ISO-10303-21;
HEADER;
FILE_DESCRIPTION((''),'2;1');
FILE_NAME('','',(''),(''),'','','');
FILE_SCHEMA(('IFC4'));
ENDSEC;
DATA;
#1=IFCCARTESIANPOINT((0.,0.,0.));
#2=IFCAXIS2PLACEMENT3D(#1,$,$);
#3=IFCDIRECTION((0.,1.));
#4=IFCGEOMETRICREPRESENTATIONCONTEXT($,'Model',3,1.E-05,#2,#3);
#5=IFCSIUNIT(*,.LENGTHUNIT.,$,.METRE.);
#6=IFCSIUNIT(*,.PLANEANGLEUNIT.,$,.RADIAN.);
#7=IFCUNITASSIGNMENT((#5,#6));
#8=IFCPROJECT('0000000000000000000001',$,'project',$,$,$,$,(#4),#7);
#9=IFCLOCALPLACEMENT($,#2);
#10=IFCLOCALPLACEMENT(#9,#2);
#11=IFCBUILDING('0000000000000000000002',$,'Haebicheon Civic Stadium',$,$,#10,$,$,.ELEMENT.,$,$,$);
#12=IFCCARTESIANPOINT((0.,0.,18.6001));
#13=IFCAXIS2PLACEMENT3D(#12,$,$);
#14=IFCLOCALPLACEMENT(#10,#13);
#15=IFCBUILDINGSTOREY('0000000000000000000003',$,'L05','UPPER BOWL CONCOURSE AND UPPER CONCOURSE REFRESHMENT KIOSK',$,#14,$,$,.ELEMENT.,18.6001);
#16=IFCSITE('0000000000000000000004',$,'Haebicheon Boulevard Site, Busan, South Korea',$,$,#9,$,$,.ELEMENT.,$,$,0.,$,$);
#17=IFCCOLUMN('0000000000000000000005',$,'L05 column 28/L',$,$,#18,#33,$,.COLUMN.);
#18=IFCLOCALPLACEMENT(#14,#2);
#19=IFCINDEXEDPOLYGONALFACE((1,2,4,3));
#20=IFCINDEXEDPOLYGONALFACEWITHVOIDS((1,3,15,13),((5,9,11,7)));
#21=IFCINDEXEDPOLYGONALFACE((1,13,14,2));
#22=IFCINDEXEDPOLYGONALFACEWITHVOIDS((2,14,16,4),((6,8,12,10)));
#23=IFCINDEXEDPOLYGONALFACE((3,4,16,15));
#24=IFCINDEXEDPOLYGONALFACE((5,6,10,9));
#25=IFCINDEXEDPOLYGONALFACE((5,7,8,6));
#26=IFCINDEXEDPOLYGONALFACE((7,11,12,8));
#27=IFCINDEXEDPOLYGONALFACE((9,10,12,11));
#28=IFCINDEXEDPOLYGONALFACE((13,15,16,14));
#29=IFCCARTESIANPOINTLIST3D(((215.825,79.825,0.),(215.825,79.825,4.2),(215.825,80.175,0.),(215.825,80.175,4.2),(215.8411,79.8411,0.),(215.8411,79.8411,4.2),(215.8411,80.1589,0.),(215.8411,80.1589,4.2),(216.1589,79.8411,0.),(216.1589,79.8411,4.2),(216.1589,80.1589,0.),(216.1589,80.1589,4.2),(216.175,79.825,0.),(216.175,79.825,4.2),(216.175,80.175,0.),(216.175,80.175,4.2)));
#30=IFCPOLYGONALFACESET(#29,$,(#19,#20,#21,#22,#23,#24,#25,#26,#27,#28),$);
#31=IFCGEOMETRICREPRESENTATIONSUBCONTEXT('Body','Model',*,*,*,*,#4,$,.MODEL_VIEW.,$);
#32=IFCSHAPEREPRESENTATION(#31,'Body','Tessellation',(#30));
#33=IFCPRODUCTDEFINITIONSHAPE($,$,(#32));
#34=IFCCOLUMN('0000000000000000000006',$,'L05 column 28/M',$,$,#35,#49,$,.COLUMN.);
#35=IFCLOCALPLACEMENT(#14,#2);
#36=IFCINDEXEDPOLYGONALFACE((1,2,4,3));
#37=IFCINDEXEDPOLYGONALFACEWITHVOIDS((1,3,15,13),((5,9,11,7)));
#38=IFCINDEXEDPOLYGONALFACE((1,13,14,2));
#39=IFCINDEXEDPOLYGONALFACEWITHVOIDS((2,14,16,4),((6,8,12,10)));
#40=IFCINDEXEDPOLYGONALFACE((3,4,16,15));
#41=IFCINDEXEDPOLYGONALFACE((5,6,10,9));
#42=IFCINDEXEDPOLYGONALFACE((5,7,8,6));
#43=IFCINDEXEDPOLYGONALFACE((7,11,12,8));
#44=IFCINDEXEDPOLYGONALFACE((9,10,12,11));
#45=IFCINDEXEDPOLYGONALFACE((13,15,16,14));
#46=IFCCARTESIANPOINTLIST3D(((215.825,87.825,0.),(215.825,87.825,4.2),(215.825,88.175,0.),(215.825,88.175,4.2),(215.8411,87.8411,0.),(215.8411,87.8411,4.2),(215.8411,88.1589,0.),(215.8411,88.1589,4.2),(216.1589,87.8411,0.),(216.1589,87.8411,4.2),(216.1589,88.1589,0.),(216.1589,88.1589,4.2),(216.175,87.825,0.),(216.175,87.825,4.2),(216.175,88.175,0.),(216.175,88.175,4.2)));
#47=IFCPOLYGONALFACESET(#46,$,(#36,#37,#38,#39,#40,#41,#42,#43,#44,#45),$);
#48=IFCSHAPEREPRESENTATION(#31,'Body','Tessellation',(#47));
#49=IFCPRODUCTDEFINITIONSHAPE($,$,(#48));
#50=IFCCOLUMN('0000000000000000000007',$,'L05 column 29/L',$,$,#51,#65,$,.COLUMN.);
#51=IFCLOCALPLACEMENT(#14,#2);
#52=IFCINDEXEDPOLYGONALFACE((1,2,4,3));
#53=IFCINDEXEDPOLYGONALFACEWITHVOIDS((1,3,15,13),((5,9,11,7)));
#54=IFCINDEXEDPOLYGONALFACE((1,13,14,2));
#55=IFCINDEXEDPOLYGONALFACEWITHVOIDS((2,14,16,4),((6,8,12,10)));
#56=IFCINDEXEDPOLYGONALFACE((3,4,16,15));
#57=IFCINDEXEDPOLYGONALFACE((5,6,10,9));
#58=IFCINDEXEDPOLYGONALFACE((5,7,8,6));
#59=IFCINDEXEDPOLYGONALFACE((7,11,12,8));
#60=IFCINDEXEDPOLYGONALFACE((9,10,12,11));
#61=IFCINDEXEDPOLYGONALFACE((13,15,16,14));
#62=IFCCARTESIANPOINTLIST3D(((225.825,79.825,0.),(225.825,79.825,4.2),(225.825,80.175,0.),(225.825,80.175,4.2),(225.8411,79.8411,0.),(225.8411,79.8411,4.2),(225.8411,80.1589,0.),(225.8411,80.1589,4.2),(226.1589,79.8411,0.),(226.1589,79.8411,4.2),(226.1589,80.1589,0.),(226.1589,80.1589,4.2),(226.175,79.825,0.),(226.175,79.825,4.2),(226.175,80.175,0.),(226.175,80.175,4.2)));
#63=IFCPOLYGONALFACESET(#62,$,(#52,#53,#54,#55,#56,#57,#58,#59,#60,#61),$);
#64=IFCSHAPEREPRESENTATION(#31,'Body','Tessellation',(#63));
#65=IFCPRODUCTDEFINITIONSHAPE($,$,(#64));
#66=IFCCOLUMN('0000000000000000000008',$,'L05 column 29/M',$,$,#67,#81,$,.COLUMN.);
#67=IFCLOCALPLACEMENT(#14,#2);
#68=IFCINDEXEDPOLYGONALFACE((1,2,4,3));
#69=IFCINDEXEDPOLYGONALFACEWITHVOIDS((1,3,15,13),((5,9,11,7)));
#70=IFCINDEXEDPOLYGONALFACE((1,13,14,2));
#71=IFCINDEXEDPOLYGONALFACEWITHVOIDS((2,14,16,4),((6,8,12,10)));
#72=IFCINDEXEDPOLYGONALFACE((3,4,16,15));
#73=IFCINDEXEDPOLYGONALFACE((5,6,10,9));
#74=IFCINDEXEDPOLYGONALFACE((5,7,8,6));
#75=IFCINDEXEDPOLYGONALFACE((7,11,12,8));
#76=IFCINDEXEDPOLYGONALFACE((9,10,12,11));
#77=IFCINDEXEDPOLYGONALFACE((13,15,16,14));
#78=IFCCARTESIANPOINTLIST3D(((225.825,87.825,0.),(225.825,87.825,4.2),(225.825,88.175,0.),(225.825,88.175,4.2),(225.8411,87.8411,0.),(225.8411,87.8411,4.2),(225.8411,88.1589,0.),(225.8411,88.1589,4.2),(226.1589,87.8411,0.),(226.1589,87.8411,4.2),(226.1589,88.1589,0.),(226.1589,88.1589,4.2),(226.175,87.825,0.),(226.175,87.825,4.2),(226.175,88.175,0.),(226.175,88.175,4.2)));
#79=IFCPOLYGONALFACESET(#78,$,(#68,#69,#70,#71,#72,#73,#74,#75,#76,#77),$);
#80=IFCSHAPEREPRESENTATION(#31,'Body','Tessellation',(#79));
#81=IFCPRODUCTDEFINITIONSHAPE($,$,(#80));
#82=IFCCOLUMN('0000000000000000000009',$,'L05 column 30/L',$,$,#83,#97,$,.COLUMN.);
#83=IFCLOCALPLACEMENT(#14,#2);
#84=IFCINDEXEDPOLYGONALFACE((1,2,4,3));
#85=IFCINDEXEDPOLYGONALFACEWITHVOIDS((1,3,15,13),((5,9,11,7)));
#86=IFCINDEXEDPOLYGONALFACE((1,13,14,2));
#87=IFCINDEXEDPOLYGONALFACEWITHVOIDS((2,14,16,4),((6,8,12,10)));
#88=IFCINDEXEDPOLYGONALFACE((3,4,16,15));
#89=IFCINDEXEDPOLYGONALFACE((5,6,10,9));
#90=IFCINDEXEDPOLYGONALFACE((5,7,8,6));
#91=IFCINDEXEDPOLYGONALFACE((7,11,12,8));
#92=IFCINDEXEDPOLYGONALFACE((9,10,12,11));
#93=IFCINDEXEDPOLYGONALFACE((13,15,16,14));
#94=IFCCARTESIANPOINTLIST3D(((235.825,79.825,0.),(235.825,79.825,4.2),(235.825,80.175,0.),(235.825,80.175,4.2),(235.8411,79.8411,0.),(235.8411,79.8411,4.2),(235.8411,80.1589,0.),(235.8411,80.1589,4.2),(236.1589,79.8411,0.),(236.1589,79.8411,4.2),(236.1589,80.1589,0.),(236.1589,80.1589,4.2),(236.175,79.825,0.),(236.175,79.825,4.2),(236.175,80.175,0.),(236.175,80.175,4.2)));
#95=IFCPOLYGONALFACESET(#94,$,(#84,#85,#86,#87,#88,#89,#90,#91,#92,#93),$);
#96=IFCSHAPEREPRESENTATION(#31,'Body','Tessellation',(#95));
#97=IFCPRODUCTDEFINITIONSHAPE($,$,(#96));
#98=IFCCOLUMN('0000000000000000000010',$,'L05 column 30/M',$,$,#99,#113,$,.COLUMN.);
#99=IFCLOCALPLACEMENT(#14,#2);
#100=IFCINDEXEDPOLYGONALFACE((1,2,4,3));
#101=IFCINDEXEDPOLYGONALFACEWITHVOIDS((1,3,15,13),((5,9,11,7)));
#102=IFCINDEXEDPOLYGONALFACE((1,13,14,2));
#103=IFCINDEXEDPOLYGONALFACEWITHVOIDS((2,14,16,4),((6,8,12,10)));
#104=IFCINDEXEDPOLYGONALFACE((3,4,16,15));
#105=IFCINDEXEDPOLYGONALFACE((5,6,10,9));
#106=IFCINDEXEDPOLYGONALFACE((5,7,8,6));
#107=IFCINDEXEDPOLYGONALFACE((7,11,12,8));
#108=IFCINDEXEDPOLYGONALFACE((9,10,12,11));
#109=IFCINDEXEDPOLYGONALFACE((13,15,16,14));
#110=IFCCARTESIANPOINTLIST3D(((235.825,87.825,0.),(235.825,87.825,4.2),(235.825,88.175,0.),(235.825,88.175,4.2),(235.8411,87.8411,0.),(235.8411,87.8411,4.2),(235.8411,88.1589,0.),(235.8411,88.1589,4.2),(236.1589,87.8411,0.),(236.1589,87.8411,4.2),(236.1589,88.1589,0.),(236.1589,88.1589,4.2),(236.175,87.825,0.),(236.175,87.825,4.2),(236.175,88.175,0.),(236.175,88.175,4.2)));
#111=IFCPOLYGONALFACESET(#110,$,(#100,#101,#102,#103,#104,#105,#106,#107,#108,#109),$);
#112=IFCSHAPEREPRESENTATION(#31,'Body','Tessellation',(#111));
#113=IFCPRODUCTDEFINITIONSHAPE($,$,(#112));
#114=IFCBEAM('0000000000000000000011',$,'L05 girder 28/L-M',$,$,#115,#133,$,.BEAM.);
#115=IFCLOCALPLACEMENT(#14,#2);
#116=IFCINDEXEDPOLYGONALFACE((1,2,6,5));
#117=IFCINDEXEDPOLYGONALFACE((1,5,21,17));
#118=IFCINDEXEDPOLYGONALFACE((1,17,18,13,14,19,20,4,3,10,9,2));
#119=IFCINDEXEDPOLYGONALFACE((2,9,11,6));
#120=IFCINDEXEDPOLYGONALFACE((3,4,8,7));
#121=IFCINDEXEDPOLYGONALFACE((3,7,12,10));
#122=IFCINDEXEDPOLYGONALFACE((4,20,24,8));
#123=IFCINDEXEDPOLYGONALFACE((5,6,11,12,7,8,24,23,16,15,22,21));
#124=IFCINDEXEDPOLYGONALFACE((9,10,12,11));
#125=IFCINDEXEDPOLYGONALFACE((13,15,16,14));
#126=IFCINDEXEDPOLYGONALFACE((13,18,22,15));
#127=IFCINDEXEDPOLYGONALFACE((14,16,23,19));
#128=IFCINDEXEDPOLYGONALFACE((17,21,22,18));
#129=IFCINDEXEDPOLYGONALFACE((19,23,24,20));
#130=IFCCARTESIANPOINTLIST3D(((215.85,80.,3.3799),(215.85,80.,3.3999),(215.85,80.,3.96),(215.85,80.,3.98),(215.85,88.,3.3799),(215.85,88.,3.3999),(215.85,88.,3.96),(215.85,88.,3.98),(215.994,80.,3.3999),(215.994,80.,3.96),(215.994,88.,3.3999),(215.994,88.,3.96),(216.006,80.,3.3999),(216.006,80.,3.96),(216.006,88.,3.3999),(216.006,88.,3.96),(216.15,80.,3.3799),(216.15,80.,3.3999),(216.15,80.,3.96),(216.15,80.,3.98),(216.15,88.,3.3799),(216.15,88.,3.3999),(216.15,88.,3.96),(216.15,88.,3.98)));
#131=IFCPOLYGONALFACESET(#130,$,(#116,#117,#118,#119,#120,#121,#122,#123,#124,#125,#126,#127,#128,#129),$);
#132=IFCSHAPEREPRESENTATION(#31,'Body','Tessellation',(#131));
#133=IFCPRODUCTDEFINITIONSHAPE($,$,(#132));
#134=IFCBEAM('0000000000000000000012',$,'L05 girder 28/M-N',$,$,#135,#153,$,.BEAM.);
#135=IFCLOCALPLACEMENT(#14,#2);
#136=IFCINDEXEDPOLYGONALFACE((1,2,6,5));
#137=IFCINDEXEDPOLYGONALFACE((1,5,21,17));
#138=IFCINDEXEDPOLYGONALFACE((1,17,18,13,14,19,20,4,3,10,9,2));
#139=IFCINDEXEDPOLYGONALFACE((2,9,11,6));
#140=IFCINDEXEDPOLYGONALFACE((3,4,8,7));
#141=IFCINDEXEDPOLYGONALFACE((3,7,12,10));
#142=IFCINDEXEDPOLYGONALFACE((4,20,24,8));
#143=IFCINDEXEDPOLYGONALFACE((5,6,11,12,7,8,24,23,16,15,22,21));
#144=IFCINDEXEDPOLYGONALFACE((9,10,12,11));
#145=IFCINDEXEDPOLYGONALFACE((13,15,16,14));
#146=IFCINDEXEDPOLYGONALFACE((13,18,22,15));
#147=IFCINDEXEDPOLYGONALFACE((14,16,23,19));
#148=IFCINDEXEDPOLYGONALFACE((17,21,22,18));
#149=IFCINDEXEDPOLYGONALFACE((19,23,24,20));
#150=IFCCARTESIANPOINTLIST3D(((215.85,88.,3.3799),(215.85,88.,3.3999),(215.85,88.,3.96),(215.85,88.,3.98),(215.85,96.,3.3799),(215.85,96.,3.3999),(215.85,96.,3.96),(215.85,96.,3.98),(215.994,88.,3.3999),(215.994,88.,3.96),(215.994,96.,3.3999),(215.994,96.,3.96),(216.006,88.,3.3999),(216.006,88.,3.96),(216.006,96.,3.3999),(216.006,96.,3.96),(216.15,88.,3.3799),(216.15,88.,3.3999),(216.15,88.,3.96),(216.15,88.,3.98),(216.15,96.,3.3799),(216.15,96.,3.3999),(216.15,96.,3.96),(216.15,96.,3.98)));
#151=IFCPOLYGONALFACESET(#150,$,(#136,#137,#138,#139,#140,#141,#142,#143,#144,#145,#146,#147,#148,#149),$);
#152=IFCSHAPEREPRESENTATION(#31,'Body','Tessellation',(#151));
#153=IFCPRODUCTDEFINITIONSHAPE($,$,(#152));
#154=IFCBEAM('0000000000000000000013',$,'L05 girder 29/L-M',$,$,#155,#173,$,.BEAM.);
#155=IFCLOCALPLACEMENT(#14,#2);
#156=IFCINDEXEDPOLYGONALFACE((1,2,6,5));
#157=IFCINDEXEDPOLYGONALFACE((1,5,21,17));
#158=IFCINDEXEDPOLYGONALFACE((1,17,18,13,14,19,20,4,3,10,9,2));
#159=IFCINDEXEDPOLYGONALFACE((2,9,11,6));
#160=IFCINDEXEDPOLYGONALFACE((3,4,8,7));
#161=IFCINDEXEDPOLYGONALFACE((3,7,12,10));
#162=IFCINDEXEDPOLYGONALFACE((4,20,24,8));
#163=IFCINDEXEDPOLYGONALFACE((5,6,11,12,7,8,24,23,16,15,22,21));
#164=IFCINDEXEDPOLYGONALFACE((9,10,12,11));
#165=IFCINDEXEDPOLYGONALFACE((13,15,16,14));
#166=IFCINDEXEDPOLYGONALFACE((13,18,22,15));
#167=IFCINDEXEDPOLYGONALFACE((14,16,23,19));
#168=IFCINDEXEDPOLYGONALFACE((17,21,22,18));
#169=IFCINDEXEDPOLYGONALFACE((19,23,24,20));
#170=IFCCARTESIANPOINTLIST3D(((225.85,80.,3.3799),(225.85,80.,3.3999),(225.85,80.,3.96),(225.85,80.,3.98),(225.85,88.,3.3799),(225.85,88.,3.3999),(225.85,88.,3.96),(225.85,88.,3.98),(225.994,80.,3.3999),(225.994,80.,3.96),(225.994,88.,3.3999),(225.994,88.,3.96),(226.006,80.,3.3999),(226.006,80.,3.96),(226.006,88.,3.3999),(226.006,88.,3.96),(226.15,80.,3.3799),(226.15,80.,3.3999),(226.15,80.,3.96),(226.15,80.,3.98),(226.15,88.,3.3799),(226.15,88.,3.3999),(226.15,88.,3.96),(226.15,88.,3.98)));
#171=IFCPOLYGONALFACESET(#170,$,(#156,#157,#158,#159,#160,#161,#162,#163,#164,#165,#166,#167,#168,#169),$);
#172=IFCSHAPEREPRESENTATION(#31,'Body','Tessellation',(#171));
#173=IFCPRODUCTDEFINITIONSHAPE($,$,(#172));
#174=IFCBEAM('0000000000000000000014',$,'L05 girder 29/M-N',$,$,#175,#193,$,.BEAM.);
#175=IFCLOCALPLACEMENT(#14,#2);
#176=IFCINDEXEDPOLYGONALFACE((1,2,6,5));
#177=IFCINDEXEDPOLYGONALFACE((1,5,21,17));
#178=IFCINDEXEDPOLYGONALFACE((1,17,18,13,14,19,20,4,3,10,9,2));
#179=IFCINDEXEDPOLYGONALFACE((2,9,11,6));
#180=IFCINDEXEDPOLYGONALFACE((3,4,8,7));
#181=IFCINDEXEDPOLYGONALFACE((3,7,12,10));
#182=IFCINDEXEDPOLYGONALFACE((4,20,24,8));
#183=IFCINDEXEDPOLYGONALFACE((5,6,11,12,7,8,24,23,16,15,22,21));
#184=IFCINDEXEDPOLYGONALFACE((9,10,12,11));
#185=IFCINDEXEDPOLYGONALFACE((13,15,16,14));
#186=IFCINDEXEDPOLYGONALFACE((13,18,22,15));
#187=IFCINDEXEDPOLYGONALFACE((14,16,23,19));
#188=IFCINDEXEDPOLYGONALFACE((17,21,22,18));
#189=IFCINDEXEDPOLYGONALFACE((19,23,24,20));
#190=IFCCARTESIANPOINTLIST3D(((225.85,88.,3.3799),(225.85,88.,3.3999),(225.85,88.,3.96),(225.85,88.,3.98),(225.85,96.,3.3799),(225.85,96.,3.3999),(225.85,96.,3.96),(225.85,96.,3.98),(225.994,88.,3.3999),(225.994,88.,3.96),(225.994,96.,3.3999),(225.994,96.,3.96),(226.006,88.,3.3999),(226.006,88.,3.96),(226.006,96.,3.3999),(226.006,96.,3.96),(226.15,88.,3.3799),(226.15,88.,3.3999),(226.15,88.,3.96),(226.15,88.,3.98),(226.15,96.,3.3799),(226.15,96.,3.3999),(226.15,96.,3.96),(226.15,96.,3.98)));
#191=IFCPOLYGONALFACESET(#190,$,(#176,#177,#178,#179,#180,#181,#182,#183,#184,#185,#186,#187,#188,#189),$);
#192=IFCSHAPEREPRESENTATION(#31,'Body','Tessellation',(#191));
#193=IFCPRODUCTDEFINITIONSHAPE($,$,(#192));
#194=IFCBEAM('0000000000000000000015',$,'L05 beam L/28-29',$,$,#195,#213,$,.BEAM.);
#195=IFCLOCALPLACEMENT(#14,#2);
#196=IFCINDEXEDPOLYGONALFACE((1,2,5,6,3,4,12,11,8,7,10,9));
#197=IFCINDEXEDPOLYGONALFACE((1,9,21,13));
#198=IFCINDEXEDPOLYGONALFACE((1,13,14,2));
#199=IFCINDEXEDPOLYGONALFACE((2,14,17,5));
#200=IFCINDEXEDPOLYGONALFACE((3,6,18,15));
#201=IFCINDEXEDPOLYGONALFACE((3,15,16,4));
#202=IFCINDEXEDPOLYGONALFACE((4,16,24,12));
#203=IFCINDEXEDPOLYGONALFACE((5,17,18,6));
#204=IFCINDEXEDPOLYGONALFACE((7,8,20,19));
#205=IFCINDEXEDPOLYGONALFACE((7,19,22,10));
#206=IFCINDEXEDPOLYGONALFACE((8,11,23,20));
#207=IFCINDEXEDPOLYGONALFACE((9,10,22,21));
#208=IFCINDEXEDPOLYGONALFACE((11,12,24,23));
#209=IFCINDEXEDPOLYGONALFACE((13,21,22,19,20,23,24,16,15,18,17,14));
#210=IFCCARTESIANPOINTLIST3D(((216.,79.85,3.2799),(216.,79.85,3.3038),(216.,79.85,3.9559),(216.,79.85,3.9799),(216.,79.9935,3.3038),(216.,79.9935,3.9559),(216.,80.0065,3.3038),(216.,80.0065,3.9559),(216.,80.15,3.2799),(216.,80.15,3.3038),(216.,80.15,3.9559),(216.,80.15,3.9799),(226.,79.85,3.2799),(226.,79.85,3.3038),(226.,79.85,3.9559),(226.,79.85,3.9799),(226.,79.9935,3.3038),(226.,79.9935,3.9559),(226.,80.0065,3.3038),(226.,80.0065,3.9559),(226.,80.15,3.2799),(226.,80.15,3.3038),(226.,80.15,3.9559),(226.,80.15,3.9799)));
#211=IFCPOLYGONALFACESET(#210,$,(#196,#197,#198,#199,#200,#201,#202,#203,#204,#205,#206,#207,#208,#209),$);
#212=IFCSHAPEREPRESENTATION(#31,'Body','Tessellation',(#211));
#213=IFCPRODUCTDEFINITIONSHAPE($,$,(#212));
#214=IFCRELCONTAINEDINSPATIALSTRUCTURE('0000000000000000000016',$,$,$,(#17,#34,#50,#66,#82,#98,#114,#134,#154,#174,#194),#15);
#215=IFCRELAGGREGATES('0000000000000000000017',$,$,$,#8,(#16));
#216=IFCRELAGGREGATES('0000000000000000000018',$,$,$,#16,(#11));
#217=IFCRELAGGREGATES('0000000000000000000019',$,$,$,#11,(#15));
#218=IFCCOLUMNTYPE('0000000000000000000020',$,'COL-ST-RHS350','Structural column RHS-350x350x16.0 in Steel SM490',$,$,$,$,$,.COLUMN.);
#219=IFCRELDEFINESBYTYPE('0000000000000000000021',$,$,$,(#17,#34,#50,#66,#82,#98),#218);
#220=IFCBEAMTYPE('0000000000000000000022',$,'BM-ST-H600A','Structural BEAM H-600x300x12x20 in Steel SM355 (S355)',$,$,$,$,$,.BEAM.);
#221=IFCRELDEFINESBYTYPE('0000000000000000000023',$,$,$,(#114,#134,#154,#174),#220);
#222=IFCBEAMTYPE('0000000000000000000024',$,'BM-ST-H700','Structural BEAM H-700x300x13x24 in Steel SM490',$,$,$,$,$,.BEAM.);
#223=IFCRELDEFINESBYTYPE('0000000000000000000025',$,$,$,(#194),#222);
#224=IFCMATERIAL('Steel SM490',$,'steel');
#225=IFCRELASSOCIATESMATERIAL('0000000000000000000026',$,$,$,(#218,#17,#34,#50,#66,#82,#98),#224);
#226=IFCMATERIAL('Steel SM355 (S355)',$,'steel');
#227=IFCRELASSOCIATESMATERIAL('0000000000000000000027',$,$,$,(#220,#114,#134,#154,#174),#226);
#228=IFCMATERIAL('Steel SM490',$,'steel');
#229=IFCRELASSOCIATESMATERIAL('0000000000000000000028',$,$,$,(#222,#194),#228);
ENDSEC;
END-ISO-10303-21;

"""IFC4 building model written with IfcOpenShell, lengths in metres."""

from ifc_helpers import new_model, si_unit, direction, frame, origin, origin_2d, place, context, subcontext, project, spatial, hollow_rectangle, i_section, extrude, material, material_profile, profile_set, type_object, element, save


model = new_model("IFC4")

# Units and contexts
model_context = context("Model", 3, precision=1e-05, world=origin(), true_north=direction((0.0, 1.0)))
body_context = subcontext(model_context, "Body", "Model", "MODEL_VIEW")
ifc_project = project(units=[si_unit("LENGTHUNIT", "METRE"), si_unit("PLANEANGLEUNIT", "RADIAN")], contexts=[model_context])

# Site, building, storey
site_placement = place(None, origin())
site = spatial("IfcSite", under=ifc_project, at=site_placement, Name="Haebicheon Boulevard Site, Busan, South Korea", CompositionType="ELEMENT", RefElevation=0.0)
building_placement = place(site_placement, origin())
building = spatial("IfcBuilding", under=site, at=building_placement, Name="Haebicheon Civic Stadium", CompositionType="ELEMENT")
storey_placement = place(building_placement, frame((0.0, 0.0, 18.6001)))
storey = spatial("IfcBuildingStorey", under=building, at=storey_placement, Name="L05", Description="UPPER BOWL CONCOURSE AND UPPER CONCOURSE REFRESHMENT KIOSK", CompositionType="ELEMENT", Elevation=18.6001)

# Columns
ifc_material_1 = material(Name="Steel SM490", Category="steel")
ifc_material_profile_1 = material_profile(ifc_material_1, hollow_rectangle(XDim=0.3501, YDim=0.3501, WallThickness=0.0161, at=origin_2d()), Name="RHS-350x350x16.0")
ifc_profile_set_1 = profile_set([ifc_material_profile_1], Name="Steel SM490")
column_type = type_object("IfcColumnType", Name="COL-ST-RHS350", Description="Structural column RHS-350x350x16.0 in Steel SM490", PredefinedType="COLUMN", material=ifc_profile_set_1)
for number, where, z_axis, x_axis, name in (
    (1, (216.0, 80.0, 0.0), (0.0, 0.0, 1.0), (1.0, 0.0, 0.0), "L05 column 28/L"),
    (2, (216.0, 88.0, 0.0), (0.0, 0.0, 1.0), (1.0, 0.0, 0.0), "L05 column 28/M"),
    (3, (226.0, 80.0, 0.0), (0.0, 0.0, 1.0), (1.0, 0.0, 0.0), "L05 column 29/L"),
    (4, (226.0, 88.0, 0.0), (0.0, 0.0, 1.0), (1.0, 0.0, 0.0), "L05 column 29/M"),
    (5, (236.0, 80.0, 0.0), (0.0, 0.0, 1.0), (1.0, 0.0, 0.0), "L05 column 30/L"),
    (6, (236.0, 88.0, 0.0), (0.0, 0.0, 1.0), (1.0, 0.0, 0.0), "L05 column 30/M"),
):
    element("IfcColumn", number, at=place(storey_placement, frame(where, z_axis=z_axis, x_axis=x_axis)), inside=storey, type_object=column_type, material=ifc_profile_set_1, Name=name, PredefinedType="COLUMN", context=body_context, shape_type="SweptSolid", body=[
        extrude(hollow_rectangle(XDim=0.3501, YDim=0.3501, WallThickness=0.0161, at=origin_2d()), origin(), (0.0, 0.0, 1.0), 4.2),
    ])

# Beams
ifc_material_2 = material(Name="Steel SM355 (S355)", Category="steel")
ifc_material_profile_2 = material_profile(ifc_material_2, i_section(OverallWidth=0.3, OverallDepth=0.6001, WebThickness=0.012, FlangeThickness=0.02, at=origin_2d()), Name="H-600x300x12x20")
ifc_profile_set_2 = profile_set([ifc_material_profile_2], Name="Steel SM355 (S355)")
beam_type_1 = type_object("IfcBeamType", Name="BM-ST-H600A", Description="Structural BEAM H-600x300x12x20 in Steel SM355 (S355)", PredefinedType="BEAM", material=ifc_profile_set_2)
for number, where, z_axis, x_axis, name in (
    (7, (216.0, 80.0, 3.6799), (0.0, 1.0, 0.0), (-1.0, 0.0, 0.0), "L05 girder 28/L-M"),
    (8, (216.0, 88.0, 3.6799), (0.0, 1.0, 0.0), (-1.0, 0.0, 0.0), "L05 girder 28/M-N"),
    (9, (226.0, 80.0, 3.6799), (0.0, 1.0, 0.0), (-1.0, 0.0, 0.0), "L05 girder 29/L-M"),
    (10, (226.0, 88.0, 3.6799), (0.0, 1.0, 0.0), (-1.0, 0.0, 0.0), "L05 girder 29/M-N"),
):
    element("IfcBeam", number, at=place(storey_placement, frame(where, z_axis=z_axis, x_axis=x_axis)), inside=storey, type_object=beam_type_1, material=ifc_profile_set_2, Name=name, PredefinedType="BEAM", context=body_context, shape_type="SweptSolid", body=[
        extrude(i_section(OverallWidth=0.3, OverallDepth=0.6001, WebThickness=0.012, FlangeThickness=0.02, at=origin_2d()), origin(), (0.0, 0.0, 1.0), 8.0),
    ])
ifc_material_3 = material(Name="Steel SM490", Category="steel")
ifc_material_profile_3 = material_profile(ifc_material_3, i_section(OverallWidth=0.3, OverallDepth=0.7, WebThickness=0.0129, FlangeThickness=0.0239, at=origin_2d()), Name="H-700x300x13x24")
ifc_profile_set_3 = profile_set([ifc_material_profile_3], Name="Steel SM490")
beam_type_2 = type_object("IfcBeamType", Name="BM-ST-H700", Description="Structural BEAM H-700x300x13x24 in Steel SM490", PredefinedType="BEAM", material=ifc_profile_set_3)
for number, where, z_axis, x_axis, name in (
    (11, (216.0, 80.0, 3.6299), (1.0, 0.0, 0.0), (0.0, 1.0, 0.0), "L05 beam L/28-29"),
):
    element("IfcBeam", number, at=place(storey_placement, frame(where, z_axis=z_axis, x_axis=x_axis)), inside=storey, type_object=beam_type_2, material=ifc_profile_set_3, Name=name, PredefinedType="BEAM", context=body_context, shape_type="SweptSolid", body=[
        extrude(i_section(OverallWidth=0.3, OverallDepth=0.7, WebThickness=0.0129, FlangeThickness=0.0239, at=origin_2d()), origin(), (0.0, 0.0, 1.0), 10.0),
    ])

save(model, "model.ifc")
